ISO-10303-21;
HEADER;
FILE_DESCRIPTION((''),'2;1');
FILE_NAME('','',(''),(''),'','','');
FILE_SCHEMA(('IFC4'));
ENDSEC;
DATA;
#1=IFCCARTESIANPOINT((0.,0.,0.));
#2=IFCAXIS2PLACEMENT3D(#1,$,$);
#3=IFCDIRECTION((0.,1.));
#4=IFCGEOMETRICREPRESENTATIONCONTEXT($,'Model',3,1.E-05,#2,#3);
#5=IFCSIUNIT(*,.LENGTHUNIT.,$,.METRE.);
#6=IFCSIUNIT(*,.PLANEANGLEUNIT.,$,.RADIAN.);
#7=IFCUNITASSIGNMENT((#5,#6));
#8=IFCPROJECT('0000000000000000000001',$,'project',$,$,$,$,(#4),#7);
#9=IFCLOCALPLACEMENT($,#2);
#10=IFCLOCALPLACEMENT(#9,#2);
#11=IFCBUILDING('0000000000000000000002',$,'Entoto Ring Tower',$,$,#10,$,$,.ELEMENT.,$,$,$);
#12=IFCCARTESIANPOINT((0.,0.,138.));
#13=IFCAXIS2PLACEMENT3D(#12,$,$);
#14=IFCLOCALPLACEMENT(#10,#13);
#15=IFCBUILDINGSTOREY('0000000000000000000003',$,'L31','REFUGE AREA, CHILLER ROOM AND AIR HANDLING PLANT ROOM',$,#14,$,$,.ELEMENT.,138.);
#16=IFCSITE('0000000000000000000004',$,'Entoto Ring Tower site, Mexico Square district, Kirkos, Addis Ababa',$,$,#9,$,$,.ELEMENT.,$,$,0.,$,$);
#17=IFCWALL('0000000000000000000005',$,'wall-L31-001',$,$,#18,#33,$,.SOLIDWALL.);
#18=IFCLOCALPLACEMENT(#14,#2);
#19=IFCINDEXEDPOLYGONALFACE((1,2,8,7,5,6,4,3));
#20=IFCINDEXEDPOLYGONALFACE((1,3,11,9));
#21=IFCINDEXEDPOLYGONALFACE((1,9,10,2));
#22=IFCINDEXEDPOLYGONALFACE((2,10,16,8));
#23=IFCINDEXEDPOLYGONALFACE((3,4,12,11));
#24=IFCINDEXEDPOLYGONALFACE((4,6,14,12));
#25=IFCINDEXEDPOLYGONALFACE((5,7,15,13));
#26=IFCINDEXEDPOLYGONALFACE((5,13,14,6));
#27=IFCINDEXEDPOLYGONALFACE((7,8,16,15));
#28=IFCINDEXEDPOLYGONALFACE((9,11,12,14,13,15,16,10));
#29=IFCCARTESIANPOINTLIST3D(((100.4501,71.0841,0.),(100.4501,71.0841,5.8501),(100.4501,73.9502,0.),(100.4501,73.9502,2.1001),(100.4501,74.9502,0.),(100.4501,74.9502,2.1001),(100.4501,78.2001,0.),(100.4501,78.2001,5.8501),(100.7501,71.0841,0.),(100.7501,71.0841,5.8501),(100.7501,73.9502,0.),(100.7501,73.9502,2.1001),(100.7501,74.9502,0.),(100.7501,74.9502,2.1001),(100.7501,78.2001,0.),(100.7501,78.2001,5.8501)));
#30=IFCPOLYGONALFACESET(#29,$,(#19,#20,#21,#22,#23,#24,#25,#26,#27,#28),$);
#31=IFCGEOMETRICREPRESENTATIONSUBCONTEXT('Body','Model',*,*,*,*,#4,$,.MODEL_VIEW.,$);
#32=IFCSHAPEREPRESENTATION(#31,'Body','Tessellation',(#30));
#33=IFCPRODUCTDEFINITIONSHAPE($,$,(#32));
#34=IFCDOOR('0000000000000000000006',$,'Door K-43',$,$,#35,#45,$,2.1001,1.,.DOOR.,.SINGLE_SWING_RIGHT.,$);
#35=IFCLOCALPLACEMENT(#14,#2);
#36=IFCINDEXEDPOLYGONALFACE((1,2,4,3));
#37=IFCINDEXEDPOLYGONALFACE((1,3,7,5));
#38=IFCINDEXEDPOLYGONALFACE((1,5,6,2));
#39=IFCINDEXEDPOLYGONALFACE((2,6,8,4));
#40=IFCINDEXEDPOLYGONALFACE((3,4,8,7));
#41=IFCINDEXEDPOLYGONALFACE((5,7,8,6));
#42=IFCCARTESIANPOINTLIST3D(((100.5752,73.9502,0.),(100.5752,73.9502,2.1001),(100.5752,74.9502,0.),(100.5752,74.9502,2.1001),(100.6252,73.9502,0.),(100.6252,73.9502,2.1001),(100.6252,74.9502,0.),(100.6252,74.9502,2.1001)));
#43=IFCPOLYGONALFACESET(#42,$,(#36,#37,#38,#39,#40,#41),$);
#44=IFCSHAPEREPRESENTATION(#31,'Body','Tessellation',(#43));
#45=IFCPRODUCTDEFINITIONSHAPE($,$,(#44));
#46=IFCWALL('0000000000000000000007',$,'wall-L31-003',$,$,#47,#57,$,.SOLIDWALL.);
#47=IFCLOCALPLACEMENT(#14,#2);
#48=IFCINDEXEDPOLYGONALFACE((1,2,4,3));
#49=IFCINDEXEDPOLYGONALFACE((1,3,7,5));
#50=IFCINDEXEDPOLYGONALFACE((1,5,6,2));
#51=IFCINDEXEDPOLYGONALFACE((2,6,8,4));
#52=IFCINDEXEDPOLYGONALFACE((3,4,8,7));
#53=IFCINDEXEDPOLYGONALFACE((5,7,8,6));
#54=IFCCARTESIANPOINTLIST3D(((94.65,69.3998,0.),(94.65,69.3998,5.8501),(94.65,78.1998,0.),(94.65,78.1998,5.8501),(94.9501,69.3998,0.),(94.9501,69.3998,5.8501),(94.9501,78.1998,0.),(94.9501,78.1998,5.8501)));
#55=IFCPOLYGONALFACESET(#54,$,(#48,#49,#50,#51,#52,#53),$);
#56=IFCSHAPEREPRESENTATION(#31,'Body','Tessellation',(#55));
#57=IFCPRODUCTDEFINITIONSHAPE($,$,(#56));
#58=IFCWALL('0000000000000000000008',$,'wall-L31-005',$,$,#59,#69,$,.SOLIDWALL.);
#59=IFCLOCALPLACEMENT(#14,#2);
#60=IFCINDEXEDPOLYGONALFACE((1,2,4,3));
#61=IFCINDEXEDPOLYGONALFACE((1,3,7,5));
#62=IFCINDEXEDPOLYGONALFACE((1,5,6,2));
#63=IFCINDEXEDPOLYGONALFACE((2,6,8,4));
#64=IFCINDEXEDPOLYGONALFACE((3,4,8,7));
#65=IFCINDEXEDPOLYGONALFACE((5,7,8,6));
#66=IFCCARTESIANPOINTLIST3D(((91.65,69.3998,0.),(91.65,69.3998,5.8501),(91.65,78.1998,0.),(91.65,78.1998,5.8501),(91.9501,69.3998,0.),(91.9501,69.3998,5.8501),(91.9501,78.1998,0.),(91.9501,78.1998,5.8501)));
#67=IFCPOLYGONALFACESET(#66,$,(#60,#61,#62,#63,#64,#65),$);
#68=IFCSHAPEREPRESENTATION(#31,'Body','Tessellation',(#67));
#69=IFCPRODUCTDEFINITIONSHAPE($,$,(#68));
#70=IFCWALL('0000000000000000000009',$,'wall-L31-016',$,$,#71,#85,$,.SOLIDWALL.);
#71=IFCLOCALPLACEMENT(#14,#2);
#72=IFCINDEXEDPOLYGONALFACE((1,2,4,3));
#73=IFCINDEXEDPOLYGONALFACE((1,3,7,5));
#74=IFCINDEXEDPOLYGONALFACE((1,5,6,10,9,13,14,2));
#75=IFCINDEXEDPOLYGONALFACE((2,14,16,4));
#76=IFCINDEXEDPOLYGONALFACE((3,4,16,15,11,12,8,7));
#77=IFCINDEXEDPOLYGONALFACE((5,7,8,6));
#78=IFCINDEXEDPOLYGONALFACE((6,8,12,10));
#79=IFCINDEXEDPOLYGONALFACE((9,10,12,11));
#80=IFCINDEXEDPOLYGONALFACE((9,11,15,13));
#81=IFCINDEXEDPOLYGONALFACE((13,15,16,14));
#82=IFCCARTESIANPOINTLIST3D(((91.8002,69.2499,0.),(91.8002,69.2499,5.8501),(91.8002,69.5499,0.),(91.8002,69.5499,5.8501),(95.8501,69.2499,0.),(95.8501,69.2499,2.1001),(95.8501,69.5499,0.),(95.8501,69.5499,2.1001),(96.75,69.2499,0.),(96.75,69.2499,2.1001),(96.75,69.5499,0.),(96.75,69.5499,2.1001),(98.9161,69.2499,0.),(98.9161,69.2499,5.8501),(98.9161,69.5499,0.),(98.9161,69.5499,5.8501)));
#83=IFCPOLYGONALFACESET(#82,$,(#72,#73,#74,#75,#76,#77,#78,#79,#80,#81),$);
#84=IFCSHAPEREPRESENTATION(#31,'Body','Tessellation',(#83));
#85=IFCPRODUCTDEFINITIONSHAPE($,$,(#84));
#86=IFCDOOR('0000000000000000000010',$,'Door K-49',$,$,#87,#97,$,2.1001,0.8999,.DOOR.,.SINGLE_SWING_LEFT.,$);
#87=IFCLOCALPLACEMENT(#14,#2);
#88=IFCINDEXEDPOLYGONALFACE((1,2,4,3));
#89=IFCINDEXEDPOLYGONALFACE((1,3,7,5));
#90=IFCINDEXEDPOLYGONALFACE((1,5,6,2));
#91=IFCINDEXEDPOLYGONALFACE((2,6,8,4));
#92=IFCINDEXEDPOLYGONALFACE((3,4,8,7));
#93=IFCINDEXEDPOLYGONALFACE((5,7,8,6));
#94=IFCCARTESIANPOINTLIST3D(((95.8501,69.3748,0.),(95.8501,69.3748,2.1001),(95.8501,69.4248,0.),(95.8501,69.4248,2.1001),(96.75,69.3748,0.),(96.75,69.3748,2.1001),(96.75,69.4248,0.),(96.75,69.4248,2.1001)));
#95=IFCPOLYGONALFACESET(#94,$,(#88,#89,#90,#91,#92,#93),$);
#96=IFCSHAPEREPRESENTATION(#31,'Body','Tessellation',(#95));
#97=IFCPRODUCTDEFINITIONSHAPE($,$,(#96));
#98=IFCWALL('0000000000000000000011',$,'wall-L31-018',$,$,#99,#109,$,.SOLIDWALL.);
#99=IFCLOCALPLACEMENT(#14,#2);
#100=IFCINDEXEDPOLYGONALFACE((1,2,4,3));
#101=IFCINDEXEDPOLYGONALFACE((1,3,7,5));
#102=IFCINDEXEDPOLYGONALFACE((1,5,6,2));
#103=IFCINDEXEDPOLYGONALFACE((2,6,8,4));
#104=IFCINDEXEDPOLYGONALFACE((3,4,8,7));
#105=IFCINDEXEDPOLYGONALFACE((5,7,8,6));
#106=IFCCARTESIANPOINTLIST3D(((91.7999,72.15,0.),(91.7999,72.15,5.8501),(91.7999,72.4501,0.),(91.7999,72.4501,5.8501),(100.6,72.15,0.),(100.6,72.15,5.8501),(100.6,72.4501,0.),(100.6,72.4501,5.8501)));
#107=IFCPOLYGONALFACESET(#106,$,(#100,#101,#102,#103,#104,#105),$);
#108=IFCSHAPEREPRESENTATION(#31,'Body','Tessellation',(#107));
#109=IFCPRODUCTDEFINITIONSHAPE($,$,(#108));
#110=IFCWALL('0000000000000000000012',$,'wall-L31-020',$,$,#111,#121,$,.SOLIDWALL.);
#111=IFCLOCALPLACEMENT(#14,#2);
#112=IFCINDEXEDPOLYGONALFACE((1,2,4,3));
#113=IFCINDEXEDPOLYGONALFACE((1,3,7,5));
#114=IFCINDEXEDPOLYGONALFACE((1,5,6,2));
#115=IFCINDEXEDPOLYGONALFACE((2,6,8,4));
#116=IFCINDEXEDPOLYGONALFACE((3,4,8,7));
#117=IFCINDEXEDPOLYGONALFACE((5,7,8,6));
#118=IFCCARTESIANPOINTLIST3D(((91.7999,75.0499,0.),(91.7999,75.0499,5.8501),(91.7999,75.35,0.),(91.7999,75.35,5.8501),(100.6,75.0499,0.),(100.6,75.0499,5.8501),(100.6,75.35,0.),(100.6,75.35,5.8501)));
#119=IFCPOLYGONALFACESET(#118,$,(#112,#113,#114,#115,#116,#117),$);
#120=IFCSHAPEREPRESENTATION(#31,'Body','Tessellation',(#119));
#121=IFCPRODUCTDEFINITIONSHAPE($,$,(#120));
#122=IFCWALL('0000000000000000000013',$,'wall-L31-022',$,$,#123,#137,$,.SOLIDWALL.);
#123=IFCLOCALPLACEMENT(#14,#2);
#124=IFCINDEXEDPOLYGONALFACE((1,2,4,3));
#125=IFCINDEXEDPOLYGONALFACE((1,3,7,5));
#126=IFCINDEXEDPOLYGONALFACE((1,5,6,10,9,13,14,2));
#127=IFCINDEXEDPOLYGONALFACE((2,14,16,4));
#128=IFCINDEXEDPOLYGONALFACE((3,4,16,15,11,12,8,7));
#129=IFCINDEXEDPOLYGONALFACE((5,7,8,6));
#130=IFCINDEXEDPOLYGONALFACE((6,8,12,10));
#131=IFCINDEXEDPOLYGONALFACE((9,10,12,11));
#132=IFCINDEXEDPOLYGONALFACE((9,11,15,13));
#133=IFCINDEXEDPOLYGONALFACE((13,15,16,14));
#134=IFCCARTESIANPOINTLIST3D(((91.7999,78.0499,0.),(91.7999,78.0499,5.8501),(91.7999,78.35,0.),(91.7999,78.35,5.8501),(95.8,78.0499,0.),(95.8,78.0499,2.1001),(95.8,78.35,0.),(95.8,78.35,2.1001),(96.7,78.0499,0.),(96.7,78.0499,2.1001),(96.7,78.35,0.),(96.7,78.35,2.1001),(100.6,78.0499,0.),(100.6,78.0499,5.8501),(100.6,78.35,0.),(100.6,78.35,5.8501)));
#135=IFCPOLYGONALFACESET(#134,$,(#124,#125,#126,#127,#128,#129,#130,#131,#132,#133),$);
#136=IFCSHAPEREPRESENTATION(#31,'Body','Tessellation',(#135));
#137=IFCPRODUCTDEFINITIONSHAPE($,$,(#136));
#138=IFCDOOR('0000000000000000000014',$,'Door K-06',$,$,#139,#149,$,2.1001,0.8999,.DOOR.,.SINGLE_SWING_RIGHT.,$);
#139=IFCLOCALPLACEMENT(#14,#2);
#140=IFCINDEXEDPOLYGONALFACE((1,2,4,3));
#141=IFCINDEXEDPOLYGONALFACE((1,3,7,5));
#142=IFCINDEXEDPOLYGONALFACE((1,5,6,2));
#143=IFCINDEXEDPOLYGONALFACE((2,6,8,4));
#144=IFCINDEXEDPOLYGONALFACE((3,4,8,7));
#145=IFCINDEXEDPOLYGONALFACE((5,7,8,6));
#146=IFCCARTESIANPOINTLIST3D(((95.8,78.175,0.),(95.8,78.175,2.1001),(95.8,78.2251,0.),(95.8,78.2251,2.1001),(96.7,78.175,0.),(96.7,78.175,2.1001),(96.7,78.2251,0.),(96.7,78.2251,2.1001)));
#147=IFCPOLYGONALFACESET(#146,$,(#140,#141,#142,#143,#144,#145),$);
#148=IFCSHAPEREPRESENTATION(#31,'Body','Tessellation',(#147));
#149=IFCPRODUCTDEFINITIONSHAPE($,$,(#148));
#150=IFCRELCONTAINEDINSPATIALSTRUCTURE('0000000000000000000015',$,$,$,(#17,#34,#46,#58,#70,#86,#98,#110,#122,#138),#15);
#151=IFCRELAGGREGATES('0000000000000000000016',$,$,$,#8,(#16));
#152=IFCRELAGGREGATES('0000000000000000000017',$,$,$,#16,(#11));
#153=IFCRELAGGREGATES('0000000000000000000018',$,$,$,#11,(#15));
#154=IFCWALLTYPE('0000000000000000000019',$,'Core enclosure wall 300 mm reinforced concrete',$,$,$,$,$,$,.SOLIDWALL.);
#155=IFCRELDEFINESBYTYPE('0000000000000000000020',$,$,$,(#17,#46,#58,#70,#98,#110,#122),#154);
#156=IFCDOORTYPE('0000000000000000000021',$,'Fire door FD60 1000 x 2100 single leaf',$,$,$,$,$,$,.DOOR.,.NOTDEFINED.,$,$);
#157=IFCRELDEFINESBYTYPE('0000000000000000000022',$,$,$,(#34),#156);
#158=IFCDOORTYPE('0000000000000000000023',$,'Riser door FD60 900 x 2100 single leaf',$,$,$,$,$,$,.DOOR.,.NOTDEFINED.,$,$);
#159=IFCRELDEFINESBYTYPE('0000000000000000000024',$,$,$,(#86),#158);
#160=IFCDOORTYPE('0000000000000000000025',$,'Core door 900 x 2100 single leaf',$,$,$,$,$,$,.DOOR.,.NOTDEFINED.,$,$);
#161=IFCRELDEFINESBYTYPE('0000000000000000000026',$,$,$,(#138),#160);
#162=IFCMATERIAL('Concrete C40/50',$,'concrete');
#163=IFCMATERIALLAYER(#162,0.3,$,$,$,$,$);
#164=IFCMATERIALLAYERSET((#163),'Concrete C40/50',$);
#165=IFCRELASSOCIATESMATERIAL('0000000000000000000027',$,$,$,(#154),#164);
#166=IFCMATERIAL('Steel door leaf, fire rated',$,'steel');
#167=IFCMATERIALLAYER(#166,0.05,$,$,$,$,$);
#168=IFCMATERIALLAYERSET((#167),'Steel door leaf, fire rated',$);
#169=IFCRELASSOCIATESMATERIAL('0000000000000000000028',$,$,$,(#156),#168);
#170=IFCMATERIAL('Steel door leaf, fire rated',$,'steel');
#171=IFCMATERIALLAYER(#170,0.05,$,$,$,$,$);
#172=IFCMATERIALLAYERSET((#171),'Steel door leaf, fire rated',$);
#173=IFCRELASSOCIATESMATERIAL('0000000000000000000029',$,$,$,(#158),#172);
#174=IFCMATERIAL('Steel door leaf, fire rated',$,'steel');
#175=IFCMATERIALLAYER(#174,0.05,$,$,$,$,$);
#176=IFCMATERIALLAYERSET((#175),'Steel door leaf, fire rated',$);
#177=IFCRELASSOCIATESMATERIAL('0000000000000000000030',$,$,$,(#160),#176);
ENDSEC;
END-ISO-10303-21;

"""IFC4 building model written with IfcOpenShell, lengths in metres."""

from ifc_helpers import new_model, si_unit, direction, frame, frame_2d, origin, place, context, subcontext, project, spatial, rectangle, extrude, material, layer, layer_set, type_object, element, fill, save


model = new_model("IFC4")

# Units and contexts
model_context = context("Model", 3, precision=1e-05, world=origin(), true_north=direction((0.0, 1.0)))
body_context = subcontext(model_context, "Body", "Model", "MODEL_VIEW")
ifc_project = project(units=[si_unit("LENGTHUNIT", "METRE"), si_unit("PLANEANGLEUNIT", "RADIAN")], contexts=[model_context])

# Site, building, storey
site_placement = place(None, origin())
site = spatial("IfcSite", under=ifc_project, at=site_placement, Name="Entoto Ring Tower site, Mexico Square district, Kirkos, Addis Ababa", CompositionType="ELEMENT", RefElevation=0.0)
building_placement = place(site_placement, origin())
building = spatial("IfcBuilding", under=site, at=building_placement, Name="Entoto Ring Tower", CompositionType="ELEMENT")
storey_placement = place(building_placement, frame((0.0, 0.0, 138.0)))
storey = spatial("IfcBuildingStorey", under=building, at=storey_placement, Name="L31", Description="REFUGE AREA, CHILLER ROOM AND AIR HANDLING PLANT ROOM", CompositionType="ELEMENT", Elevation=138.0)

# Wall, opening, door
ifc_material_1 = material(Name="Concrete C40/50", Category="concrete")
ifc_layer_1 = layer(ifc_material_1, 0.3)
ifc_layer_set_1 = layer_set([ifc_layer_1], Name="Concrete C40/50")
wall_type_1 = type_object("IfcWallType", Name="Core enclosure wall 300 mm reinforced concrete", PredefinedType="SOLIDWALL", material=ifc_layer_set_1)
wall_1_placement = place(storey_placement, frame((100.6001, 71.084, 0.0), z_axis=(0.0, 0.0, 1.0), x_axis=(0.0, 1.0, 0.0)))
wall_1 = element("IfcWall", 1, at=wall_1_placement, inside=storey, type_object=wall_type_1, Name="wall-L31-001", PredefinedType="SOLIDWALL", context=body_context, shape_type="SweptSolid", body=[
    extrude(rectangle(XDim=7.116, YDim=0.3, at=frame_2d((3.5581, 0.0))), origin(), (0.0, 0.0, 1.0), 5.8501),
])
opening_1_placement = place(wall_1_placement, frame((2.8662, 0.0, 0.0)))
opening_1 = element("IfcOpeningElement", 2, at=opening_1_placement, cuts=wall_1, PredefinedType="OPENING", context=body_context, shape_type="SweptSolid", body=[
    extrude(rectangle(XDim=1.0, YDim=2.1001, at=frame_2d((0.5, 1.05))), frame((0.0, 0.1602, 0.0), z_axis=(0.0, -1.0, 0.0), x_axis=(1.0, 0.0, 0.0)), (0.0, 0.0, 1.0), 0.3201),
])
ifc_material_2 = material(Name="Steel door leaf, fire rated", Category="steel")
ifc_layer_2 = layer(ifc_material_2, 0.05)
ifc_layer_set_2 = layer_set([ifc_layer_2], Name="Steel door leaf, fire rated")
door_type_1 = type_object("IfcDoorType", Name="Fire door FD60 1000 x 2100 single leaf", OperationType="NOTDEFINED", PredefinedType="DOOR", material=ifc_layer_set_2)
door_1_placement = place(opening_1_placement, origin())
door_1 = element("IfcDoor", 3, at=door_1_placement, inside=storey, type_object=door_type_1, Name="Door K-43", OperationType="SINGLE_SWING_RIGHT", OverallHeight=2.1001, OverallWidth=1.0, PredefinedType="DOOR", context=body_context, shape_type="SweptSolid", body=[
    extrude(rectangle(XDim=1.0, YDim=2.1001, at=frame_2d((0.5, 1.05))), frame((0.0, 0.0249, 0.0), z_axis=(0.0, -1.0, 0.0), x_axis=(1.0, 0.0, 0.0)), (0.0, 0.0, 1.0), 0.05),
])
fill(opening_1, door_1)

# Walls
for number, where, z_axis, x_axis, name in (
    (4, (94.8, 69.3999, 0.0), (0.0, 0.0, 1.0), (0.0, 1.0, 0.0), "wall-L31-003"),
    (5, (91.8, 69.3999, 0.0), (0.0, 0.0, 1.0), (0.0, 1.0, 0.0), "wall-L31-005"),
):
    element("IfcWall", number, at=place(storey_placement, frame(where, z_axis=z_axis, x_axis=x_axis)), inside=storey, type_object=wall_type_1, Name=name, PredefinedType="SOLIDWALL", context=body_context, shape_type="SweptSolid", body=[
        extrude(rectangle(XDim=8.8, YDim=0.3, at=frame_2d((4.3999, 0.0))), origin(), (0.0, 0.0, 1.0), 5.8501),
    ])

# Wall, opening, door
wall_2_placement = place(storey_placement, frame((91.8, 69.3999, 0.0), z_axis=(0.0, 0.0, 1.0), x_axis=(1.0, 0.0, 0.0)))
wall_2 = element("IfcWall", 6, at=wall_2_placement, inside=storey, type_object=wall_type_1, Name="wall-L31-016", PredefinedType="SOLIDWALL", context=body_context, shape_type="SweptSolid", body=[
    extrude(rectangle(XDim=7.116, YDim=0.3, at=frame_2d((3.5581, 0.0))), origin(), (0.0, 0.0, 1.0), 5.8501),
])
opening_2_placement = place(wall_2_placement, frame((4.05, 0.0, 0.0)))
opening_2 = element("IfcOpeningElement", 7, at=opening_2_placement, cuts=wall_2, PredefinedType="OPENING", context=body_context, shape_type="SweptSolid", body=[
    extrude(rectangle(XDim=0.8999, YDim=2.1001, at=frame_2d((0.45, 1.05))), frame((0.0, 0.1602, 0.0), z_axis=(0.0, -1.0, 0.0), x_axis=(1.0, 0.0, 0.0)), (0.0, 0.0, 1.0), 0.3201),
])
ifc_material_3 = material(Name="Steel door leaf, fire rated", Category="steel")
ifc_layer_3 = layer(ifc_material_3, 0.05)
ifc_layer_set_3 = layer_set([ifc_layer_3], Name="Steel door leaf, fire rated")
door_type_2 = type_object("IfcDoorType", Name="Riser door FD60 900 x 2100 single leaf", OperationType="NOTDEFINED", PredefinedType="DOOR", material=ifc_layer_set_3)
door_2_placement = place(opening_2_placement, origin())
door_2 = element("IfcDoor", 8, at=door_2_placement, inside=storey, type_object=door_type_2, Name="Door K-49", OperationType="SINGLE_SWING_LEFT", OverallHeight=2.1001, OverallWidth=0.8999, PredefinedType="DOOR", context=body_context, shape_type="SweptSolid", body=[
    extrude(rectangle(XDim=0.8999, YDim=2.1001, at=frame_2d((0.45, 1.05))), frame((0.0, 0.0249, 0.0), z_axis=(0.0, -1.0, 0.0), x_axis=(1.0, 0.0, 0.0)), (0.0, 0.0, 1.0), 0.05),
])
fill(opening_2, door_2)

# Walls
for number, where, z_axis, x_axis, name in (
    (9, (91.8, 72.3, 0.0), (0.0, 0.0, 1.0), (1.0, 0.0, 0.0), "wall-L31-018"),
    (10, (91.8, 75.2, 0.0), (0.0, 0.0, 1.0), (1.0, 0.0, 0.0), "wall-L31-020"),
):
    element("IfcWall", number, at=place(storey_placement, frame(where, z_axis=z_axis, x_axis=x_axis)), inside=storey, type_object=wall_type_1, Name=name, PredefinedType="SOLIDWALL", context=body_context, shape_type="SweptSolid", body=[
        extrude(rectangle(XDim=8.8, YDim=0.3, at=frame_2d((4.3999, 0.0))), origin(), (0.0, 0.0, 1.0), 5.8501),
    ])

# Wall, opening, door
wall_3_placement = place(storey_placement, frame((91.8, 78.2, 0.0), z_axis=(0.0, 0.0, 1.0), x_axis=(1.0, 0.0, 0.0)))
wall_3 = element("IfcWall", 11, at=wall_3_placement, inside=storey, type_object=wall_type_1, Name="wall-L31-022", PredefinedType="SOLIDWALL", context=body_context, shape_type="SweptSolid", body=[
    extrude(rectangle(XDim=8.8, YDim=0.3, at=frame_2d((4.3999, 0.0))), origin(), (0.0, 0.0, 1.0), 5.8501),
])
opening_3_placement = place(wall_3_placement, frame((4.0, 0.0, 0.0)))
opening_3 = element("IfcOpeningElement", 12, at=opening_3_placement, cuts=wall_3, PredefinedType="OPENING", context=body_context, shape_type="SweptSolid", body=[
    extrude(rectangle(XDim=0.8999, YDim=2.1001, at=frame_2d((0.45, 1.05))), frame((0.0, 0.1602, 0.0), z_axis=(0.0, -1.0, 0.0), x_axis=(1.0, 0.0, 0.0)), (0.0, 0.0, 1.0), 0.3201),
])
ifc_material_4 = material(Name="Steel door leaf, fire rated", Category="steel")
ifc_layer_4 = layer(ifc_material_4, 0.05)
ifc_layer_set_4 = layer_set([ifc_layer_4], Name="Steel door leaf, fire rated")
door_type_3 = type_object("IfcDoorType", Name="Core door 900 x 2100 single leaf", OperationType="NOTDEFINED", PredefinedType="DOOR", material=ifc_layer_set_4)
door_3_placement = place(opening_3_placement, frame((0.8999, 0.0, 0.0), z_axis=(0.0, 0.0, 1.0), x_axis=(-1.0, 0.0, 0.0)))
door_3 = element("IfcDoor", 13, at=door_3_placement, inside=storey, type_object=door_type_3, Name="Door K-06", OperationType="SINGLE_SWING_RIGHT", OverallHeight=2.1001, OverallWidth=0.8999, PredefinedType="DOOR", context=body_context, shape_type="SweptSolid", body=[
    extrude(rectangle(XDim=0.8999, YDim=2.1001, at=frame_2d((0.45, 1.05))), frame((0.0, 0.0249, 0.0), z_axis=(0.0, -1.0, 0.0), x_axis=(1.0, 0.0, 0.0)), (0.0, 0.0, 1.0), 0.05),
])
fill(opening_3, door_3)

save(model, "model.ifc")
